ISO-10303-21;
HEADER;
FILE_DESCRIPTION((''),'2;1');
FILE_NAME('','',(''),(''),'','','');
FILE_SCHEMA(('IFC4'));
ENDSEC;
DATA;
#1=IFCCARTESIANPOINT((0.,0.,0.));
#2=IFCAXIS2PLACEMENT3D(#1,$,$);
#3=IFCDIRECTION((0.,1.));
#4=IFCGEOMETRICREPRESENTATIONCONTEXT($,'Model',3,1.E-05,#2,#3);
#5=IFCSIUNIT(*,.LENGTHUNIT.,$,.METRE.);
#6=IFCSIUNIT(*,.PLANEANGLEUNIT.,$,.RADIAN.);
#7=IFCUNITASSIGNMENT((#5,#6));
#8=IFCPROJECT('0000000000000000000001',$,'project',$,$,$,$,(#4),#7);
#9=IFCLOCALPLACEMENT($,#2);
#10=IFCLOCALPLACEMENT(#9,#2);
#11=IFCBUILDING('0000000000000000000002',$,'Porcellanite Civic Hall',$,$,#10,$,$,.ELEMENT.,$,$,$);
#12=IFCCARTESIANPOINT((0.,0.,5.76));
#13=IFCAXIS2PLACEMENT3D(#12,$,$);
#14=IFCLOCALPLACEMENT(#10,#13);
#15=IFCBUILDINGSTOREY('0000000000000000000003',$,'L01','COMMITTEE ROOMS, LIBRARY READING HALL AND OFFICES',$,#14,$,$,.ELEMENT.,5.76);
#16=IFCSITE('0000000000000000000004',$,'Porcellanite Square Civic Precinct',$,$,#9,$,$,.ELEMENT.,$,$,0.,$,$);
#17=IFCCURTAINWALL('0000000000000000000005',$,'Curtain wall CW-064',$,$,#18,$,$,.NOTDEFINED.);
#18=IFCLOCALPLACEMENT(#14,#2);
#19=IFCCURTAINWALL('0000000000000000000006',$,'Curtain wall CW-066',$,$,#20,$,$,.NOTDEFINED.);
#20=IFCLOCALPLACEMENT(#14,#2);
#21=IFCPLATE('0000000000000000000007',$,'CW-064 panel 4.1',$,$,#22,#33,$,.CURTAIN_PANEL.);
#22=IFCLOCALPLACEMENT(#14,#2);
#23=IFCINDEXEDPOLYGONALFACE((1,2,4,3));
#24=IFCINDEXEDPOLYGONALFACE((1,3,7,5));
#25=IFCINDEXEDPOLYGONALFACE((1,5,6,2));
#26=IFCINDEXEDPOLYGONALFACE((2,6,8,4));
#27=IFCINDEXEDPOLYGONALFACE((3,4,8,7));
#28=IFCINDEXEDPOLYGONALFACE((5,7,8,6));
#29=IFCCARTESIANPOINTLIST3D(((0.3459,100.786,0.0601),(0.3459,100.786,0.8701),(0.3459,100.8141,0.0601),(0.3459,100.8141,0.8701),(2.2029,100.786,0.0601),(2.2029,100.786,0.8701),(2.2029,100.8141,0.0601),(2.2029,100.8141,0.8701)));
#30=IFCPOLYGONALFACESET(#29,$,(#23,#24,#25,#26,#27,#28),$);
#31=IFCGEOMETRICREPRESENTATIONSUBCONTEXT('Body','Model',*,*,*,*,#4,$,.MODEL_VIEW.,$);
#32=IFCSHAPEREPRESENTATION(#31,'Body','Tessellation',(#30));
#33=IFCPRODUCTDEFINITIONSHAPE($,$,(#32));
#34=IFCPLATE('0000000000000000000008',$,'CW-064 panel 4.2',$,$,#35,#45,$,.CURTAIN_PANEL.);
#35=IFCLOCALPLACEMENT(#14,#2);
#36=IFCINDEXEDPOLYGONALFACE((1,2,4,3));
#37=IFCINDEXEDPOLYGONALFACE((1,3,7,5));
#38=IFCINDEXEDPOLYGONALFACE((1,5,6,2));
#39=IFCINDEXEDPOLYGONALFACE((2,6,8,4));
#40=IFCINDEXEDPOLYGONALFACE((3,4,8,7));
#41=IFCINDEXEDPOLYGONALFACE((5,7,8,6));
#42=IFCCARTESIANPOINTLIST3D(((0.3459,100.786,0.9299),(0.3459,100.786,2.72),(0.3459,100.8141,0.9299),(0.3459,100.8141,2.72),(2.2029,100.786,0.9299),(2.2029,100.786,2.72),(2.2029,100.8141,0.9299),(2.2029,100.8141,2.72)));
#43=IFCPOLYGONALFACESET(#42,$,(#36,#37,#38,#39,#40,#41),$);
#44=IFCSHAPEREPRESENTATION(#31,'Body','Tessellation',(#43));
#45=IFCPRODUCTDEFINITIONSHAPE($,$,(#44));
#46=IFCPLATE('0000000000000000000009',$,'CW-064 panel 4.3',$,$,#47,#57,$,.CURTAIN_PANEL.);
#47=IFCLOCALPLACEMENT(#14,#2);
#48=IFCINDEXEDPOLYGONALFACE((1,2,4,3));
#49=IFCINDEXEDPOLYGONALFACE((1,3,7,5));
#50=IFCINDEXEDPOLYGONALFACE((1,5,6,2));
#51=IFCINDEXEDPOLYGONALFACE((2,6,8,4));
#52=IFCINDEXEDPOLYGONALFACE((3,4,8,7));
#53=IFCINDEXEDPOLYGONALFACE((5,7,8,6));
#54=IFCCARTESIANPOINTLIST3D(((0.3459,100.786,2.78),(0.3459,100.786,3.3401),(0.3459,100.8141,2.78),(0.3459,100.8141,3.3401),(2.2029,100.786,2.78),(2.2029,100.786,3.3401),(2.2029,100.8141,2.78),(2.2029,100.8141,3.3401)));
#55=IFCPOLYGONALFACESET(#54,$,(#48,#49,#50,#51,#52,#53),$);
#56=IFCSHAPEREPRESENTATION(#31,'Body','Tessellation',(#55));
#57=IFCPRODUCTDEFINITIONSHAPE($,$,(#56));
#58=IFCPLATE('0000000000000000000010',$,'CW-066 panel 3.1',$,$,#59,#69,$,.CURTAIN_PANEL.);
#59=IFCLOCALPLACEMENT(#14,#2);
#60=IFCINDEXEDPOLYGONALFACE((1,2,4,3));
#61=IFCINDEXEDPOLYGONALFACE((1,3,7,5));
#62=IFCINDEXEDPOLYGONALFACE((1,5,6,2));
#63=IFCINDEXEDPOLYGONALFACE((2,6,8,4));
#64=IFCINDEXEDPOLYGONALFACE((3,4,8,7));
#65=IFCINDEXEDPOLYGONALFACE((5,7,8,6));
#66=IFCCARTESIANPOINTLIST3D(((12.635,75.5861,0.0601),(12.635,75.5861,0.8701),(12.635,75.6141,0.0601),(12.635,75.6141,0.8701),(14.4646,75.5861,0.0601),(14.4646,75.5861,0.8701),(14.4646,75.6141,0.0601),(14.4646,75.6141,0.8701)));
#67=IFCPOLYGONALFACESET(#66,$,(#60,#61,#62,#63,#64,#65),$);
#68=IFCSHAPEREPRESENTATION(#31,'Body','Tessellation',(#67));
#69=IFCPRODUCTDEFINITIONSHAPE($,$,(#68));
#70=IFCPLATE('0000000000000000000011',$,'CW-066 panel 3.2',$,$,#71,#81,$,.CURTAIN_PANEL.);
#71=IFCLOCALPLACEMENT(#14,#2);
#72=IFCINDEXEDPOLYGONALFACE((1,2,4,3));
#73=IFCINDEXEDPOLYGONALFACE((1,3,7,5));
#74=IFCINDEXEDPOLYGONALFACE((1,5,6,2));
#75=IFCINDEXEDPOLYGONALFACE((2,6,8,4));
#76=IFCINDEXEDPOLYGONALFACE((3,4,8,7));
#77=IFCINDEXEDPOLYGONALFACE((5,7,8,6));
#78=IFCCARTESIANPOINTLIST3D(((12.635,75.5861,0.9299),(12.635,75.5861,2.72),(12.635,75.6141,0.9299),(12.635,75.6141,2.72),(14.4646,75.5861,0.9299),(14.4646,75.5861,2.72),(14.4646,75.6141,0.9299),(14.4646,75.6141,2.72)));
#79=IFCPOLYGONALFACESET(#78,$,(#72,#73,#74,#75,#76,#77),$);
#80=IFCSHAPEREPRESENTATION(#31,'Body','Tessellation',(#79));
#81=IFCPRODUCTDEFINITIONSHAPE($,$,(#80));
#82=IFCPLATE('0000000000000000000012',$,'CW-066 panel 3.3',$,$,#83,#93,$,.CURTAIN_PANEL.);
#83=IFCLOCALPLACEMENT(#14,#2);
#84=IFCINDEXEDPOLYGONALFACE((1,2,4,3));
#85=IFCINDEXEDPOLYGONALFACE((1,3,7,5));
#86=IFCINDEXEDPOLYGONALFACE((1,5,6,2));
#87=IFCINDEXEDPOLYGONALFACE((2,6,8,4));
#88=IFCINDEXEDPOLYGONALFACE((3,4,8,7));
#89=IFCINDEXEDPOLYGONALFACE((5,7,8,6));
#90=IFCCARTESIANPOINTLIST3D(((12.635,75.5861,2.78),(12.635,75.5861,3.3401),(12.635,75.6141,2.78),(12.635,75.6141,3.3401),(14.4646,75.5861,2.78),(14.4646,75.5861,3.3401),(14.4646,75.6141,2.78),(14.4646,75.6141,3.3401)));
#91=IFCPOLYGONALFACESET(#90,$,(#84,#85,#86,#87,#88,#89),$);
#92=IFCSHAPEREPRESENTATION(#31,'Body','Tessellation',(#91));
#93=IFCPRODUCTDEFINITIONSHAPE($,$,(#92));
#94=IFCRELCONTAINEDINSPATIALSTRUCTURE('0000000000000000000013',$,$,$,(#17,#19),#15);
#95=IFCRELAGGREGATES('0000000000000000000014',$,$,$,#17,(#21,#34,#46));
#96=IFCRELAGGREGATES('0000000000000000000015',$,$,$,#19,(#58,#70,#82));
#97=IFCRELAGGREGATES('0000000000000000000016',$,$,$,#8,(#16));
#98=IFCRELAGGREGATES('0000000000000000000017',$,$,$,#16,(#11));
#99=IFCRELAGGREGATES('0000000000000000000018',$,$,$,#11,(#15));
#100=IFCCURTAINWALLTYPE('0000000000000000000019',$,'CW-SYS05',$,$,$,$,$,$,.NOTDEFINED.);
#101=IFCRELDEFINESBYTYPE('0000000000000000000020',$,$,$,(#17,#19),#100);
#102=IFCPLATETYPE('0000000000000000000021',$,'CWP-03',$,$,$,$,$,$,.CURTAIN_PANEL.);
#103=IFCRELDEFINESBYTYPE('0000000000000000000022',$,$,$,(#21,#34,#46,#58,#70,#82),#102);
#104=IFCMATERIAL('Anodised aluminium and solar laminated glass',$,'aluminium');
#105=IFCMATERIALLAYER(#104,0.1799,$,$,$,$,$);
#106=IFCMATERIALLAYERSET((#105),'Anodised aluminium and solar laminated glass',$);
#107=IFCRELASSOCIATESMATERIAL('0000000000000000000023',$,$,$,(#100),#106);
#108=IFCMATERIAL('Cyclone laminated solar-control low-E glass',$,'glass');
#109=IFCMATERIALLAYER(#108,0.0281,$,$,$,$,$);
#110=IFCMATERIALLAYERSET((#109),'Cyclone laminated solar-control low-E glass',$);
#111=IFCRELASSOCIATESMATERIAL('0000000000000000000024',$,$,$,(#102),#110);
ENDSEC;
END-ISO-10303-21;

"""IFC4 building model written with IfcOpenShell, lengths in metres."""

from ifc_helpers import new_model, si_unit, direction, frame, origin, origin_2d, place, context, subcontext, project, spatial, rectangle, extrude, material, layer, layer_set, type_object, element, aggregate, save


model = new_model("IFC4")

# Units and contexts
model_context = context("Model", 3, precision=1e-05, world=origin(), true_north=direction((0.0, 1.0)))
body_context = subcontext(model_context, "Body", "Model", "MODEL_VIEW")
ifc_project = project(units=[si_unit("LENGTHUNIT", "METRE"), si_unit("PLANEANGLEUNIT", "RADIAN")], contexts=[model_context])

# Site, building, storey
site_placement = place(None, origin())
site = spatial("IfcSite", under=ifc_project, at=site_placement, Name="Porcellanite Square Civic Precinct", CompositionType="ELEMENT", RefElevation=0.0)
building_placement = place(site_placement, origin())
building = spatial("IfcBuilding", under=site, at=building_placement, Name="Porcellanite Civic Hall", CompositionType="ELEMENT")
storey_placement = place(building_placement, frame((0.0, 0.0, 5.76)))
storey = spatial("IfcBuildingStorey", under=building, at=storey_placement, Name="L01", Description="COMMITTEE ROOMS, LIBRARY READING HALL AND OFFICES", CompositionType="ELEMENT", Elevation=5.76)

# Curtain wall
ifc_material_1 = material(Name="Anodised aluminium and solar laminated glass", Category="aluminium")
ifc_layer_1 = layer(ifc_material_1, 0.1799)
ifc_layer_set_1 = layer_set([ifc_layer_1], Name="Anodised aluminium and solar laminated glass")
curtain_wall_type = type_object("IfcCurtainWallType", Name="CW-SYS05", PredefinedType="NOTDEFINED", material=ifc_layer_set_1)
curtain_wall_1_placement = place(storey_placement, origin())
curtain_wall_1 = element("IfcCurtainWall", 1, at=curtain_wall_1_placement, inside=storey, type_object=curtain_wall_type, Name="Curtain wall CW-064", PredefinedType="NOTDEFINED")

# Curtain wall
curtain_wall_2_placement = place(storey_placement, origin())
curtain_wall_2 = element("IfcCurtainWall", 2, at=curtain_wall_2_placement, inside=storey, type_object=curtain_wall_type, Name="Curtain wall CW-066", PredefinedType="NOTDEFINED")

# Plates
ifc_material_2 = material(Name="Cyclone laminated solar-control low-E glass", Category="glass")
ifc_layer_2 = layer(ifc_material_2, 0.0281)
ifc_layer_set_2 = layer_set([ifc_layer_2], Name="Cyclone laminated solar-control low-E glass")
plate_type = type_object("IfcPlateType", Name="CWP-03", PredefinedType="CURTAIN_PANEL", material=ifc_layer_set_2)
plate_1_placement = place(storey_placement, frame((1.2744, 100.8, 0.0601), z_axis=(0.0, 0.0, 1.0), x_axis=(-1.0, 0.0, 0.0)))
plate_1 = element("IfcPlate", 3, at=plate_1_placement, type_object=plate_type, Name="CW-064 panel 4.1", PredefinedType="CURTAIN_PANEL", context=body_context, shape_type="SweptSolid", body=[
    extrude(rectangle(XDim=1.8569, YDim=0.0281, at=origin_2d()), origin(), (0.0, 0.0, 1.0), 0.8101),
])
plate_2_placement = place(storey_placement, frame((1.2744, 100.8, 0.9299), z_axis=(0.0, 0.0, 1.0), x_axis=(-1.0, 0.0, 0.0)))
plate_2 = element("IfcPlate", 4, at=plate_2_placement, type_object=plate_type, Name="CW-064 panel 4.2", PredefinedType="CURTAIN_PANEL", context=body_context, shape_type="SweptSolid", body=[
    extrude(rectangle(XDim=1.8569, YDim=0.0281, at=origin_2d()), origin(), (0.0, 0.0, 1.0), 1.79),
])
plate_3_placement = place(storey_placement, frame((1.2744, 100.8, 2.78), z_axis=(0.0, 0.0, 1.0), x_axis=(-1.0, 0.0, 0.0)))
plate_3 = element("IfcPlate", 5, at=plate_3_placement, type_object=plate_type, Name="CW-064 panel 4.3", PredefinedType="CURTAIN_PANEL", context=body_context, shape_type="SweptSolid", body=[
    extrude(rectangle(XDim=1.8569, YDim=0.0281, at=origin_2d()), origin(), (0.0, 0.0, 1.0), 0.5601),
])
aggregate(curtain_wall_1, [plate_1, plate_2, plate_3])
plate_4_placement = place(storey_placement, frame((13.5498, 75.6001, 0.0601), z_axis=(0.0, 0.0, 1.0), x_axis=(1.0, 0.0, 0.0)))
plate_4 = element("IfcPlate", 6, at=plate_4_placement, type_object=plate_type, Name="CW-066 panel 3.1", PredefinedType="CURTAIN_PANEL", context=body_context, shape_type="SweptSolid", body=[
    extrude(rectangle(XDim=1.8296, YDim=0.0281, at=origin_2d()), origin(), (0.0, 0.0, 1.0), 0.8101),
])
plate_5_placement = place(storey_placement, frame((13.5498, 75.6001, 0.9299), z_axis=(0.0, 0.0, 1.0), x_axis=(1.0, 0.0, 0.0)))
plate_5 = element("IfcPlate", 7, at=plate_5_placement, type_object=plate_type, Name="CW-066 panel 3.2", PredefinedType="CURTAIN_PANEL", context=body_context, shape_type="SweptSolid", body=[
    extrude(rectangle(XDim=1.8296, YDim=0.0281, at=origin_2d()), origin(), (0.0, 0.0, 1.0), 1.79),
])
plate_6_placement = place(storey_placement, frame((13.5498, 75.6001, 2.78), z_axis=(0.0, 0.0, 1.0), x_axis=(1.0, 0.0, 0.0)))
plate_6 = element("IfcPlate", 8, at=plate_6_placement, type_object=plate_type, Name="CW-066 panel 3.3", PredefinedType="CURTAIN_PANEL", context=body_context, shape_type="SweptSolid", body=[
    extrude(rectangle(XDim=1.8296, YDim=0.0281, at=origin_2d()), origin(), (0.0, 0.0, 1.0), 0.5601),
])
aggregate(curtain_wall_2, [plate_4, plate_5, plate_6])

save(model, "model.ifc")
